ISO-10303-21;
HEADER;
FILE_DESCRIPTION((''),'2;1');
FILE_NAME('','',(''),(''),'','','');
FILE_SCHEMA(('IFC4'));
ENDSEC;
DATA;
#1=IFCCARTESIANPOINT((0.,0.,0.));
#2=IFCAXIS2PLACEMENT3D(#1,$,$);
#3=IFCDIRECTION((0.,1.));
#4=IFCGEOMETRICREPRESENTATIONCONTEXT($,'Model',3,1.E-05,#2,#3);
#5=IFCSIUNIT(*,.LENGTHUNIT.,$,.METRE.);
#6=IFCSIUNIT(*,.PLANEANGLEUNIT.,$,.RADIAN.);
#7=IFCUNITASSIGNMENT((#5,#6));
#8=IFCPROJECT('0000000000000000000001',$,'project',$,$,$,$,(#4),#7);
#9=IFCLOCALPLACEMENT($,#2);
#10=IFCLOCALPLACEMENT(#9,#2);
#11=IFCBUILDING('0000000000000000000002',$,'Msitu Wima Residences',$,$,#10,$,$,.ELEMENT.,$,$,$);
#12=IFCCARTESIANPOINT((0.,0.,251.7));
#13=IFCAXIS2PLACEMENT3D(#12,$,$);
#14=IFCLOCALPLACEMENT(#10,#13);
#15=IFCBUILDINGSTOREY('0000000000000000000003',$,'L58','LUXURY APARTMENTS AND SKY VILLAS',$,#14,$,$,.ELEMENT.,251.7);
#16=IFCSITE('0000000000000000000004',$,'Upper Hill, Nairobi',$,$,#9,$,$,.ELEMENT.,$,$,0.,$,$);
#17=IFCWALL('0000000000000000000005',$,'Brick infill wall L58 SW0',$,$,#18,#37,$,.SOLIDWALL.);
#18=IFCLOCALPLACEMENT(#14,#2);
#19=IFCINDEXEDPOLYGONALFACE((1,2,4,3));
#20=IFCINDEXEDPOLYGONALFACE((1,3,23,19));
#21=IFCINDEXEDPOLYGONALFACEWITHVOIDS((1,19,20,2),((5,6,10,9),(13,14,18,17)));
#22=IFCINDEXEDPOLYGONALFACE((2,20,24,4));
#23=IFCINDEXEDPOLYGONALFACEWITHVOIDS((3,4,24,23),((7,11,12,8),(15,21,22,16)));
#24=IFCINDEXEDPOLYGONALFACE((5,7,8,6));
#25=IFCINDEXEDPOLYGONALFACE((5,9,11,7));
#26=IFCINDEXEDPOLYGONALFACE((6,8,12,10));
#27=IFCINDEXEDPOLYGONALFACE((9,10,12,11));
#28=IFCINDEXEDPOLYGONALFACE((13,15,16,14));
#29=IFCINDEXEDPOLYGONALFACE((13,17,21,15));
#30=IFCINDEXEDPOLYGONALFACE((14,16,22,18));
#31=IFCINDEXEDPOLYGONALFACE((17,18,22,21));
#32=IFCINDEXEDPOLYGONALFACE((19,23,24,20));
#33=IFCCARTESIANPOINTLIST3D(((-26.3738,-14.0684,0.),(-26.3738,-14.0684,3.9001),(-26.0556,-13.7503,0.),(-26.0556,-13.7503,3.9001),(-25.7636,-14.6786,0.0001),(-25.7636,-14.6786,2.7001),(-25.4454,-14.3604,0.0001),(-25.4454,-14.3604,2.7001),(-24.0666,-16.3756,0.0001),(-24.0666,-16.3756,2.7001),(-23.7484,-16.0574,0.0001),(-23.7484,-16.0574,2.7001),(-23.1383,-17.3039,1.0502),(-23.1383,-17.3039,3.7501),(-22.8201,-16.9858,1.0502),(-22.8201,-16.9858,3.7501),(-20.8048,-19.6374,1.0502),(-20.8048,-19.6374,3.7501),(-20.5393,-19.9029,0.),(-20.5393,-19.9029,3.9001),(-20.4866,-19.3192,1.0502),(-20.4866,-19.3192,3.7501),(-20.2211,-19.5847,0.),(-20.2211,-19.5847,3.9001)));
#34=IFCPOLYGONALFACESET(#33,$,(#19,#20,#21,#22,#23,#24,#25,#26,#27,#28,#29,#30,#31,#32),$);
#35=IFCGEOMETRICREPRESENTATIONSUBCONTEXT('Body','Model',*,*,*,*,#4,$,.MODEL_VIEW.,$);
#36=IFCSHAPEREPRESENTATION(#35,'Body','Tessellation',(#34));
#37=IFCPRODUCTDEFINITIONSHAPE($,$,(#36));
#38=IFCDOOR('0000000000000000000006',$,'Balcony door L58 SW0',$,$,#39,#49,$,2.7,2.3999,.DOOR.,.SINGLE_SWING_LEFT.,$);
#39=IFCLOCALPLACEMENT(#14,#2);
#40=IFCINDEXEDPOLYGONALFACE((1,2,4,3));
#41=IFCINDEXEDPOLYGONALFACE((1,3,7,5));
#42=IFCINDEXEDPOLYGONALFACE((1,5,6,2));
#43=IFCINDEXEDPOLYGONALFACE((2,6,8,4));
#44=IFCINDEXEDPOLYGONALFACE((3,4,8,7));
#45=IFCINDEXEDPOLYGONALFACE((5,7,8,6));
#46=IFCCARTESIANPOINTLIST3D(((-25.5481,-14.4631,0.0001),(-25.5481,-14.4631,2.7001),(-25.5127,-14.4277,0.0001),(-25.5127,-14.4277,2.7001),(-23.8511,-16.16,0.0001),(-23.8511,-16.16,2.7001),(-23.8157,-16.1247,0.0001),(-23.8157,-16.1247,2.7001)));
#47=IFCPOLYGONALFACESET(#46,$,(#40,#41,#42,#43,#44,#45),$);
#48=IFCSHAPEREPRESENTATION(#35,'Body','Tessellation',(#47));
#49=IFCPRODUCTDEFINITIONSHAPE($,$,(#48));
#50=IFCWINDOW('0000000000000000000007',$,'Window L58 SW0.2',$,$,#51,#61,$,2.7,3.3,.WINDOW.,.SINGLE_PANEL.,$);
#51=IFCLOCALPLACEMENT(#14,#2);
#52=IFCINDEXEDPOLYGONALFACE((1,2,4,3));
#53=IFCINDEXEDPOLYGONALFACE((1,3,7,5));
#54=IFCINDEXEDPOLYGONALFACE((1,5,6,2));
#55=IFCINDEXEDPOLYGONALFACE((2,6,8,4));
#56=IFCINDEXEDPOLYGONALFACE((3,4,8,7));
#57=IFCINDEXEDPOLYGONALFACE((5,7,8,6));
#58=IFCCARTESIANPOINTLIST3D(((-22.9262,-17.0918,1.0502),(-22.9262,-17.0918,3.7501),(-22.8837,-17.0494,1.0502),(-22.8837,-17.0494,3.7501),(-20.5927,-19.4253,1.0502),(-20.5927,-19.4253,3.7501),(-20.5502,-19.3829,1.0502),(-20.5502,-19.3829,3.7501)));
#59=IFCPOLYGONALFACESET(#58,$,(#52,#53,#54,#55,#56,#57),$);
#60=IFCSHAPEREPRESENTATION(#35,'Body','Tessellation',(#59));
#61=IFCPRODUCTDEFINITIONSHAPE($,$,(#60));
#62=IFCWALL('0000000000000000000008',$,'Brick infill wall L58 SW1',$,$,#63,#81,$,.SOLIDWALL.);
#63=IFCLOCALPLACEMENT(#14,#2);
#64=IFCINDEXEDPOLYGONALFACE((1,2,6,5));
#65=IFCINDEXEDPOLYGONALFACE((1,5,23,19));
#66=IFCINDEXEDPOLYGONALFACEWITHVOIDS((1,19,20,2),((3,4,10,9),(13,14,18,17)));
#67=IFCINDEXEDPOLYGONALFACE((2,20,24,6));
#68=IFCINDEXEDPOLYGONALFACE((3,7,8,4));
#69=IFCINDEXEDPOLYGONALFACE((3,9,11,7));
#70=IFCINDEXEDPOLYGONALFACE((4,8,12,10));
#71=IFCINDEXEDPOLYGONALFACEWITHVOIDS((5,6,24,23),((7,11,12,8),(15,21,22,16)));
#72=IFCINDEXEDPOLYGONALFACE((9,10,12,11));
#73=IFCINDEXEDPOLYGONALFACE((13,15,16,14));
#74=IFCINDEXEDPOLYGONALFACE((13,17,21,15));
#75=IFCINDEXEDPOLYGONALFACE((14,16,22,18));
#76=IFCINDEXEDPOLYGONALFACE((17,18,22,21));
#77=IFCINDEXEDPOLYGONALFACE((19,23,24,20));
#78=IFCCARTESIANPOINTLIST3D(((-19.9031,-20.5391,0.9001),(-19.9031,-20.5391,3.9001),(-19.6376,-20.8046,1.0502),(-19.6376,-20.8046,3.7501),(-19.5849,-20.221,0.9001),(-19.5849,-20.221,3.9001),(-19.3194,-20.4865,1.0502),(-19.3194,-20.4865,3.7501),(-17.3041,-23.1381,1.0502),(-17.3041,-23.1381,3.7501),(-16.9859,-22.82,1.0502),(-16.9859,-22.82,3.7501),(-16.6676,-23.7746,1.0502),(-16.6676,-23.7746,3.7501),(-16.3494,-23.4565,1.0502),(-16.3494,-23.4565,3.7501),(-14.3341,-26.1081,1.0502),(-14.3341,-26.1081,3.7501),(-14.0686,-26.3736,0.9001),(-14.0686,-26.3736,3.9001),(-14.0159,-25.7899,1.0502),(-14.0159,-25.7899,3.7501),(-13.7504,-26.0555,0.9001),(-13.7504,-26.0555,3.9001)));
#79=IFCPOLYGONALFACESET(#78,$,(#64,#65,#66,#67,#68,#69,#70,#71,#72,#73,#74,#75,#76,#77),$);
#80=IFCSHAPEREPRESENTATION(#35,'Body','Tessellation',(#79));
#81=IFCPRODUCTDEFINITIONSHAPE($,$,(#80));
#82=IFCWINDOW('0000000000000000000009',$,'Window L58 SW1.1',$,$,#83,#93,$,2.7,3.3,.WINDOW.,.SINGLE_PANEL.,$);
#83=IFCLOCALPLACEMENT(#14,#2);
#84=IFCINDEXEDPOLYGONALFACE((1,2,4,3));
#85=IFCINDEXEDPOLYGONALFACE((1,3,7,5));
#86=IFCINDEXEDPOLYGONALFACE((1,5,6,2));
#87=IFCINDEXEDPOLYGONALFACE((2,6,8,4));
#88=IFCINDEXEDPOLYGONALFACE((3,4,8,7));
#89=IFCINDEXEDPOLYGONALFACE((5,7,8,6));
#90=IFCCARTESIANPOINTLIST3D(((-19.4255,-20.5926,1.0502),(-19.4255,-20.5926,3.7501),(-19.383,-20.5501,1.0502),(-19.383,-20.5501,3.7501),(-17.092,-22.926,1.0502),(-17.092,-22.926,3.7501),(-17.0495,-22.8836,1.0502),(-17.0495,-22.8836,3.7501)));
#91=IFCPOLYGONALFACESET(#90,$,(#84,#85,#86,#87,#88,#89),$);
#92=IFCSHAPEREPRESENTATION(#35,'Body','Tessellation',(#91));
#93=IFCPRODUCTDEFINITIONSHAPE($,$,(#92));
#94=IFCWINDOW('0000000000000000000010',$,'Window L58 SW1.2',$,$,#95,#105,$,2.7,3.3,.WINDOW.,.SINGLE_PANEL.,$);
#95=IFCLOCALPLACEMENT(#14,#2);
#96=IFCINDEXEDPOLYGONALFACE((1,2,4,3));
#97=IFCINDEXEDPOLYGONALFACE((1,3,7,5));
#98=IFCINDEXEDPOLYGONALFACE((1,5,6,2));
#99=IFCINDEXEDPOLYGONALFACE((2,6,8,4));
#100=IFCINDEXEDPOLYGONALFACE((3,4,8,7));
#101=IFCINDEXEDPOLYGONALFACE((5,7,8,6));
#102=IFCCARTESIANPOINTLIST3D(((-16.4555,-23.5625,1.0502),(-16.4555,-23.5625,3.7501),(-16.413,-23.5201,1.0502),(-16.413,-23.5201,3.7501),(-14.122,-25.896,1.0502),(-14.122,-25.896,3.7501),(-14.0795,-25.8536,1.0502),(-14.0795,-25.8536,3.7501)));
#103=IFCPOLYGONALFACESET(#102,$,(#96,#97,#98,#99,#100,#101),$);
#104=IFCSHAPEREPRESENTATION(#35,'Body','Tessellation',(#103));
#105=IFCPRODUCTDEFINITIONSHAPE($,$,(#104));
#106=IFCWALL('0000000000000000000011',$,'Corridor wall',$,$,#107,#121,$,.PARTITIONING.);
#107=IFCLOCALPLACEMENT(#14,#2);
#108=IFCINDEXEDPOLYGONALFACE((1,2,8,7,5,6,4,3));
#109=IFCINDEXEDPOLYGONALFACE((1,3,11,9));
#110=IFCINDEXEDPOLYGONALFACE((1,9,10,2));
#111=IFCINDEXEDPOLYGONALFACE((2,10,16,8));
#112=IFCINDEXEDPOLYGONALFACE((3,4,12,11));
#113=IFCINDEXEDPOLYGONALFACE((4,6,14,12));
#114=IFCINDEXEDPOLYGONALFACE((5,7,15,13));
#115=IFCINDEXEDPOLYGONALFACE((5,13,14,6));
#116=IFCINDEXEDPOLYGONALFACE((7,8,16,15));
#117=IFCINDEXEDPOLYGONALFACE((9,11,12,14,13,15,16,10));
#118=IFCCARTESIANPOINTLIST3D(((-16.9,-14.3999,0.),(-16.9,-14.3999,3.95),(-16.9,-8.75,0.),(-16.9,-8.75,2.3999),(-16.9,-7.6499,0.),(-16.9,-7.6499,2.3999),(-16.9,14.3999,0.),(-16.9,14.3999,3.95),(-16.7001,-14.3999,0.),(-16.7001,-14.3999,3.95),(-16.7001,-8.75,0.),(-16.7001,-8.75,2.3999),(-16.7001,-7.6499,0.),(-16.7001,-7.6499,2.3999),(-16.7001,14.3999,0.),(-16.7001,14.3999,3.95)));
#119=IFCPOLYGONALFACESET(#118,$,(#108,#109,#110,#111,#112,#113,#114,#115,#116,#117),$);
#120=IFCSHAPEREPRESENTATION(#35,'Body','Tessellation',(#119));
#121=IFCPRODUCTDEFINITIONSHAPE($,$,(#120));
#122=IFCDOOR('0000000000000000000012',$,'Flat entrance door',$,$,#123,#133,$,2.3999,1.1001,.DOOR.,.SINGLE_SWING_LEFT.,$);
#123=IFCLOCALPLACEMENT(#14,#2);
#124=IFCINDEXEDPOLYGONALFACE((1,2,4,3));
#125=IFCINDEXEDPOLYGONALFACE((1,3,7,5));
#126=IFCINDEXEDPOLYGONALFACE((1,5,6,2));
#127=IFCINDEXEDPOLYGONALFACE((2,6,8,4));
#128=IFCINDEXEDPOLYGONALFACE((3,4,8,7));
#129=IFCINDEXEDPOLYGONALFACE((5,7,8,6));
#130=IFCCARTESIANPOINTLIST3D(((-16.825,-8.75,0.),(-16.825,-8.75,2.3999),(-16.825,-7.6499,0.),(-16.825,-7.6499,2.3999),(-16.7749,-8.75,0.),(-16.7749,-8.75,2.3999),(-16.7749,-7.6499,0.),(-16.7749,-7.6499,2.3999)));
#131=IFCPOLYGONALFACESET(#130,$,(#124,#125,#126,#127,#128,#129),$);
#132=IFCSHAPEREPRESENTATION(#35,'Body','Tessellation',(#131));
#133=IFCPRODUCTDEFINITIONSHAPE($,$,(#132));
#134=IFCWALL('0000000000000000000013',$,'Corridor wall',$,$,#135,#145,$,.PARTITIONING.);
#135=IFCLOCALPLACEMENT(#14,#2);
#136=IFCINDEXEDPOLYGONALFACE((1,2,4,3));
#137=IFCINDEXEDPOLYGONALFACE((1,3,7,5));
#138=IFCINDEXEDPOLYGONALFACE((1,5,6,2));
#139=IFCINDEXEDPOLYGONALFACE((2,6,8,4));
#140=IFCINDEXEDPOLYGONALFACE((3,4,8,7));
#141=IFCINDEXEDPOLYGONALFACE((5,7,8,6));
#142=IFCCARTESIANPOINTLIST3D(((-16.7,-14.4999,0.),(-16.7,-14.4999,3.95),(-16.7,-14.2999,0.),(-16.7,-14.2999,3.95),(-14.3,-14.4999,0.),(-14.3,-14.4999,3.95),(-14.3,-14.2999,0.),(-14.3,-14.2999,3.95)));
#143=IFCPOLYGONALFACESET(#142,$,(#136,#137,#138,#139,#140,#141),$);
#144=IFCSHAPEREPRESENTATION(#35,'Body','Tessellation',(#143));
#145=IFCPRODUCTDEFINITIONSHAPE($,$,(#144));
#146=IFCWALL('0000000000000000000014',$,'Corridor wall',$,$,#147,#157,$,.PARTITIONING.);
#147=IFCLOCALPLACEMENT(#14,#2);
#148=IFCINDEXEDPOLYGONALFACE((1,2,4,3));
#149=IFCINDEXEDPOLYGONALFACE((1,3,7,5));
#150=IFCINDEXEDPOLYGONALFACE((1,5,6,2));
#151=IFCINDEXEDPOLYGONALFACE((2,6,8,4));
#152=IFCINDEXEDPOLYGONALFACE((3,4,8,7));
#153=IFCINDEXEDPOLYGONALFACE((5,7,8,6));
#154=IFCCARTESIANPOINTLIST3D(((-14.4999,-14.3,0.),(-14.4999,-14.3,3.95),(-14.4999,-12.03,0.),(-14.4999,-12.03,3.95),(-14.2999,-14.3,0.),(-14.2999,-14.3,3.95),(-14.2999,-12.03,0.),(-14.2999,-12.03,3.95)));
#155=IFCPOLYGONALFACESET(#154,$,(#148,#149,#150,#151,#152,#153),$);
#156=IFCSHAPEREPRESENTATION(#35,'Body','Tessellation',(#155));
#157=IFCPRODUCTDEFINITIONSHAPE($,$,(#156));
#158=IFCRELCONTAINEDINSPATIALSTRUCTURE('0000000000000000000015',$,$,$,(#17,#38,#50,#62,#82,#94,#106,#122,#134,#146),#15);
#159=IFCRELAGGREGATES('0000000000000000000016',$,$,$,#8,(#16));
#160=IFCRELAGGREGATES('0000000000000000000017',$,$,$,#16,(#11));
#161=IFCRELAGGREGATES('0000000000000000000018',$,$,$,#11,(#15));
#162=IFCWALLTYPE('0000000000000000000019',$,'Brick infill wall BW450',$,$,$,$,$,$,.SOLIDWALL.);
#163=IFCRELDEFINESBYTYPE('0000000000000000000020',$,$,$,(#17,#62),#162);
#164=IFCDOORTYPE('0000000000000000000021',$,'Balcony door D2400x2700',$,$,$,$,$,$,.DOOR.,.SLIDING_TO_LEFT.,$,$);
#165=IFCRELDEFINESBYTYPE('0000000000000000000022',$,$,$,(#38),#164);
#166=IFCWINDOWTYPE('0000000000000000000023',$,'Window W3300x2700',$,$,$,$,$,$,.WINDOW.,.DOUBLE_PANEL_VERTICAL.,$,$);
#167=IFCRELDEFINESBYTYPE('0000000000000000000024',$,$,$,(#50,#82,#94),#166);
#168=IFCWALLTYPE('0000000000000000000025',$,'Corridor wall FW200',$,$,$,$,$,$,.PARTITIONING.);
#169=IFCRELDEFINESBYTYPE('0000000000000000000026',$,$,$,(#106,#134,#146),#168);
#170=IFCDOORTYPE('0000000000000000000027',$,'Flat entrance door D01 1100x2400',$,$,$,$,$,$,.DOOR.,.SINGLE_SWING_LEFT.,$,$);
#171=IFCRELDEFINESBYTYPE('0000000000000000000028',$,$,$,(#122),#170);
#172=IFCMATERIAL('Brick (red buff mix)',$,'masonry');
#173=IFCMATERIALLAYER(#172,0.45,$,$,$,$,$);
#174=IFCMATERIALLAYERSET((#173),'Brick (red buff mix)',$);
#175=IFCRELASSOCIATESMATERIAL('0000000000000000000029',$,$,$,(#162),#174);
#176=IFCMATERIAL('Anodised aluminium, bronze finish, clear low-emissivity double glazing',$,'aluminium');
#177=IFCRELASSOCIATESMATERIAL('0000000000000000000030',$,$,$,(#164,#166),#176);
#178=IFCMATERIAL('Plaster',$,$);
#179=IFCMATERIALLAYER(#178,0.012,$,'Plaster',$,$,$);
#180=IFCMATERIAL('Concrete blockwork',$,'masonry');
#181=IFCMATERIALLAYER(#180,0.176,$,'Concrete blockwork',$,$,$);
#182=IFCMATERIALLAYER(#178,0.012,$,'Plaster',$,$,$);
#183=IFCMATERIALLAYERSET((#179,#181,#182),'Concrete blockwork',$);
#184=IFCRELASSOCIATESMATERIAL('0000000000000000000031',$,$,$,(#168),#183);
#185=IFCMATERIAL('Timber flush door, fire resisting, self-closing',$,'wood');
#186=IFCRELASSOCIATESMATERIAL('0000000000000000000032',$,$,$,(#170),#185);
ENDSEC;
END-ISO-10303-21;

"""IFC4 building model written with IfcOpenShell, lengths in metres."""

from ifc_helpers import new_model, si_unit, direction, frame, frame_2d, origin, place, context, subcontext, project, spatial, rectangle, extrude, material, layer, layer_set, type_object, element, fill, save


model = new_model("IFC4")

# Units and contexts
model_context = context("Model", 3, precision=1e-05, world=origin(), true_north=direction((0.0, 1.0)))
body_context = subcontext(model_context, "Body", "Model", "MODEL_VIEW")
ifc_project = project(units=[si_unit("LENGTHUNIT", "METRE"), si_unit("PLANEANGLEUNIT", "RADIAN")], contexts=[model_context])

# Site, building, storey
site_placement = place(None, origin())
site = spatial("IfcSite", under=ifc_project, at=site_placement, Name="Upper Hill, Nairobi", CompositionType="ELEMENT", RefElevation=0.0)
building_placement = place(site_placement, origin())
building = spatial("IfcBuilding", under=site, at=building_placement, Name="Msitu Wima Residences", CompositionType="ELEMENT")
storey_placement = place(building_placement, frame((0.0, 0.0, 251.7)))
storey = spatial("IfcBuildingStorey", under=building, at=storey_placement, Name="L58", Description="LUXURY APARTMENTS AND SKY VILLAS", CompositionType="ELEMENT", Elevation=251.7)

# Wall, openings, door, window
ifc_material_1 = material(Name="Brick (red buff mix)", Category="masonry")
ifc_layer_1 = layer(ifc_material_1, 0.45)
ifc_layer_set_1 = layer_set([ifc_layer_1], Name="Brick (red buff mix)")
wall_type_1 = type_object("IfcWallType", Name="Brick infill wall BW450", PredefinedType="SOLIDWALL", material=ifc_layer_set_1)
wall_1_placement = place(storey_placement, frame((-26.2146, -13.9094, 0.0), z_axis=(0.0, 0.0, 1.0), x_axis=(0.707107, -0.707107, 0.0)))
wall_1 = element("IfcWall", 1, at=wall_1_placement, inside=storey, type_object=wall_type_1, Name="Brick infill wall L58 SW0", PredefinedType="SOLIDWALL", context=body_context, shape_type="SweptSolid", body=[
    extrude(rectangle(XDim=8.2512, YDim=0.45, at=frame_2d((4.1255, 0.0))), origin(), (0.0, 0.0, 1.0), 3.9001),
])
opening_1_placement = place(wall_1_placement, frame((0.8628, 0.0, 0.0)))
opening_1 = element("IfcOpeningElement", 2, at=opening_1_placement, cuts=wall_1, PredefinedType="OPENING", context=body_context, shape_type="SweptSolid", body=[
    extrude(rectangle(XDim=2.3999, YDim=2.7, at=frame_2d((1.2, 1.3501))), frame((0.0, 0.2349, 0.0), z_axis=(0.0, -1.0, 0.0), x_axis=(1.0, 0.0, 0.0)), (0.0, 0.0, 1.0), 0.47),
])
opening_2_placement = place(wall_1_placement, frame((4.5757, 0.0, 1.05)))
opening_2 = element("IfcOpeningElement", 3, at=opening_2_placement, cuts=wall_1, PredefinedType="OPENING", context=body_context, shape_type="SweptSolid", body=[
    extrude(rectangle(XDim=3.3, YDim=2.7, at=frame_2d((1.6499, 1.3501))), frame((0.0, 0.2349, 0.0), z_axis=(0.0, -1.0, 0.0), x_axis=(1.0, 0.0, 0.0)), (0.0, 0.0, 1.0), 0.47),
])
ifc_material_2 = material(Name="Anodised aluminium, bronze finish, clear low-emissivity double glazing", Category="aluminium")
door_type_1 = type_object("IfcDoorType", Name="Balcony door D2400x2700", OperationType="SLIDING_TO_LEFT", PredefinedType="DOOR", material=ifc_material_2)
door_1_placement = place(opening_1_placement, origin())
door_1 = element("IfcDoor", 4, at=door_1_placement, inside=storey, type_object=door_type_1, Name="Balcony door L58 SW0", OperationType="SINGLE_SWING_LEFT", OverallHeight=2.7, OverallWidth=2.3999, PredefinedType="DOOR", context=body_context, shape_type="SweptSolid", body=[
    extrude(rectangle(XDim=2.3999, YDim=2.7, at=frame_2d((1.2, 1.3501))), frame((0.0, 0.1299, 0.0), z_axis=(0.0, -1.0, 0.0), x_axis=(1.0, 0.0, 0.0)), (0.0, 0.0, 1.0), 0.05),
])
fill(opening_1, door_1)
window_type = type_object("IfcWindowType", Name="Window W3300x2700", PartitioningType="DOUBLE_PANEL_VERTICAL", PredefinedType="WINDOW", material=ifc_material_2)
window_1_placement = place(opening_2_placement, origin())
window_1 = element("IfcWindow", 5, at=window_1_placement, inside=storey, type_object=window_type, Name="Window L58 SW0.2", OverallHeight=2.7, OverallWidth=3.3, PartitioningType="SINGLE_PANEL", PredefinedType="WINDOW", context=body_context, shape_type="SweptSolid", body=[
    extrude(rectangle(XDim=3.3, YDim=2.7, at=frame_2d((1.6499, 1.3501))), frame((0.0, 0.135, 0.0), z_axis=(0.0, -1.0, 0.0), x_axis=(1.0, 0.0, 0.0)), (0.0, 0.0, 1.0), 0.0601),
])
fill(opening_2, window_1)

# Wall, openings, windows
wall_2_placement = place(storey_placement, frame((-19.7439, -20.3801, 0.9001), z_axis=(0.0, 0.0, 1.0), x_axis=(0.707107, -0.707107, 0.0)))
wall_2 = element("IfcWall", 6, at=wall_2_placement, inside=storey, type_object=wall_type_1, Name="Brick infill wall L58 SW1", PredefinedType="SOLIDWALL", context=body_context, shape_type="SweptSolid", body=[
    extrude(rectangle(XDim=8.2512, YDim=0.45, at=frame_2d((4.1255, 0.0))), origin(), (0.0, 0.0, 1.0), 3.0),
])
opening_3_placement = place(wall_2_placement, frame((0.3755, 0.0, 0.1499)))
opening_3 = element("IfcOpeningElement", 7, at=opening_3_placement, cuts=wall_2, PredefinedType="OPENING", context=body_context, shape_type="SweptSolid", body=[
    extrude(rectangle(XDim=3.3, YDim=2.7, at=frame_2d((1.6499, 1.3501))), frame((0.0, 0.2349, 0.0), z_axis=(0.0, -1.0, 0.0), x_axis=(1.0, 0.0, 0.0)), (0.0, 0.0, 1.0), 0.47),
])
opening_4_placement = place(wall_2_placement, frame((4.5757, 0.0, 0.1499)))
opening_4 = element("IfcOpeningElement", 8, at=opening_4_placement, cuts=wall_2, PredefinedType="OPENING", context=body_context, shape_type="SweptSolid", body=[
    extrude(rectangle(XDim=3.3, YDim=2.7, at=frame_2d((1.6499, 1.3501))), frame((0.0, 0.2349, 0.0), z_axis=(0.0, -1.0, 0.0), x_axis=(1.0, 0.0, 0.0)), (0.0, 0.0, 1.0), 0.47),
])
window_2_placement = place(opening_3_placement, origin())
window_2 = element("IfcWindow", 9, at=window_2_placement, inside=storey, type_object=window_type, Name="Window L58 SW1.1", OverallHeight=2.7, OverallWidth=3.3, PartitioningType="SINGLE_PANEL", PredefinedType="WINDOW", context=body_context, shape_type="SweptSolid", body=[
    extrude(rectangle(XDim=3.3, YDim=2.7, at=frame_2d((1.6499, 1.3501))), frame((0.0, 0.135, 0.0), z_axis=(0.0, -1.0, 0.0), x_axis=(1.0, 0.0, 0.0)), (0.0, 0.0, 1.0), 0.0601),
])
fill(opening_3, window_2)
window_3_placement = place(opening_4_placement, origin())
window_3 = element("IfcWindow", 10, at=window_3_placement, inside=storey, type_object=window_type, Name="Window L58 SW1.2", OverallHeight=2.7, OverallWidth=3.3, PartitioningType="SINGLE_PANEL", PredefinedType="WINDOW", context=body_context, shape_type="SweptSolid", body=[
    extrude(rectangle(XDim=3.3, YDim=2.7, at=frame_2d((1.6499, 1.3501))), frame((0.0, 0.135, 0.0), z_axis=(0.0, -1.0, 0.0), x_axis=(1.0, 0.0, 0.0)), (0.0, 0.0, 1.0), 0.0601),
])
fill(opening_4, window_3)

# Wall, opening, door
ifc_material_3 = material(Name="Plaster")
ifc_layer_2 = layer(ifc_material_3, 0.012, Name="Plaster")
ifc_material_4 = material(Name="Concrete blockwork", Category="masonry")
ifc_layer_3 = layer(ifc_material_4, 0.176, Name="Concrete blockwork")
ifc_layer_4 = layer(ifc_material_3, 0.012, Name="Plaster")
ifc_layer_set_2 = layer_set([ifc_layer_2, ifc_layer_3, ifc_layer_4], Name="Concrete blockwork")
wall_type_2 = type_object("IfcWallType", Name="Corridor wall FW200", PredefinedType="PARTITIONING", material=ifc_layer_set_2)
wall_3_placement = place(storey_placement, frame((-16.8, -14.3999, 0.0), z_axis=(0.0, 0.0, 1.0), x_axis=(0.0, 1.0, 0.0)))
wall_3 = element("IfcWall", 11, at=wall_3_placement, inside=storey, type_object=wall_type_2, Name="Corridor wall", PredefinedType="PARTITIONING", context=body_context, shape_type="SweptSolid", body=[
    extrude(rectangle(XDim=28.7998, YDim=0.2, at=frame_2d((14.3999, 0.0))), origin(), (0.0, 0.0, 1.0), 3.95),
])
opening_5_placement = place(wall_3_placement, frame((5.6499, 0.0, 0.0)))
opening_5 = element("IfcOpeningElement", 12, at=opening_5_placement, cuts=wall_3, PredefinedType="OPENING", context=body_context, shape_type="SweptSolid", body=[
    extrude(rectangle(XDim=1.1001, YDim=2.3999, at=frame_2d((0.55, 1.2))), frame((0.0, 0.1099, 0.0), z_axis=(0.0, -1.0, 0.0), x_axis=(1.0, 0.0, 0.0)), (0.0, 0.0, 1.0), 0.22),
])
ifc_material_5 = material(Name="Timber flush door, fire resisting, self-closing", Category="wood")
door_type_2 = type_object("IfcDoorType", Name="Flat entrance door D01 1100x2400", OperationType="SINGLE_SWING_LEFT", PredefinedType="DOOR", material=ifc_material_5)
door_2_placement = place(opening_5_placement, origin())
door_2 = element("IfcDoor", 13, at=door_2_placement, inside=storey, type_object=door_type_2, Name="Flat entrance door", OperationType="SINGLE_SWING_LEFT", OverallHeight=2.3999, OverallWidth=1.1001, PredefinedType="DOOR", context=body_context, shape_type="SweptSolid", body=[
    extrude(rectangle(XDim=1.1001, YDim=2.3999, at=frame_2d((0.55, 1.2))), frame((0.0, 0.0249, 0.0), z_axis=(0.0, -1.0, 0.0), x_axis=(1.0, 0.0, 0.0)), (0.0, 0.0, 1.0), 0.05),
])
fill(opening_5, door_2)

# Walls
wall_4_placement = place(storey_placement, frame((-16.7, -14.3999, 0.0), z_axis=(0.0, 0.0, 1.0), x_axis=(1.0, 0.0, 0.0)))
element("IfcWall", 14, at=wall_4_placement, inside=storey, type_object=wall_type_2, Name="Corridor wall", PredefinedType="PARTITIONING", context=body_context, shape_type="SweptSolid", body=[
    extrude(rectangle(XDim=2.3999, YDim=0.2, at=frame_2d((1.2, 0.0))), origin(), (0.0, 0.0, 1.0), 3.95),
])
wall_5_placement = place(storey_placement, frame((-14.3999, -14.3, 0.0), z_axis=(0.0, 0.0, 1.0), x_axis=(0.0, 1.0, 0.0)))
element("IfcWall", 15, at=wall_5_placement, inside=storey, type_object=wall_type_2, Name="Corridor wall", PredefinedType="PARTITIONING", context=body_context, shape_type="SweptSolid", body=[
    extrude(rectangle(XDim=2.27, YDim=0.2, at=frame_2d((1.135, 0.0))), origin(), (0.0, 0.0, 1.0), 3.95),
])

save(model, "model.ifc")
